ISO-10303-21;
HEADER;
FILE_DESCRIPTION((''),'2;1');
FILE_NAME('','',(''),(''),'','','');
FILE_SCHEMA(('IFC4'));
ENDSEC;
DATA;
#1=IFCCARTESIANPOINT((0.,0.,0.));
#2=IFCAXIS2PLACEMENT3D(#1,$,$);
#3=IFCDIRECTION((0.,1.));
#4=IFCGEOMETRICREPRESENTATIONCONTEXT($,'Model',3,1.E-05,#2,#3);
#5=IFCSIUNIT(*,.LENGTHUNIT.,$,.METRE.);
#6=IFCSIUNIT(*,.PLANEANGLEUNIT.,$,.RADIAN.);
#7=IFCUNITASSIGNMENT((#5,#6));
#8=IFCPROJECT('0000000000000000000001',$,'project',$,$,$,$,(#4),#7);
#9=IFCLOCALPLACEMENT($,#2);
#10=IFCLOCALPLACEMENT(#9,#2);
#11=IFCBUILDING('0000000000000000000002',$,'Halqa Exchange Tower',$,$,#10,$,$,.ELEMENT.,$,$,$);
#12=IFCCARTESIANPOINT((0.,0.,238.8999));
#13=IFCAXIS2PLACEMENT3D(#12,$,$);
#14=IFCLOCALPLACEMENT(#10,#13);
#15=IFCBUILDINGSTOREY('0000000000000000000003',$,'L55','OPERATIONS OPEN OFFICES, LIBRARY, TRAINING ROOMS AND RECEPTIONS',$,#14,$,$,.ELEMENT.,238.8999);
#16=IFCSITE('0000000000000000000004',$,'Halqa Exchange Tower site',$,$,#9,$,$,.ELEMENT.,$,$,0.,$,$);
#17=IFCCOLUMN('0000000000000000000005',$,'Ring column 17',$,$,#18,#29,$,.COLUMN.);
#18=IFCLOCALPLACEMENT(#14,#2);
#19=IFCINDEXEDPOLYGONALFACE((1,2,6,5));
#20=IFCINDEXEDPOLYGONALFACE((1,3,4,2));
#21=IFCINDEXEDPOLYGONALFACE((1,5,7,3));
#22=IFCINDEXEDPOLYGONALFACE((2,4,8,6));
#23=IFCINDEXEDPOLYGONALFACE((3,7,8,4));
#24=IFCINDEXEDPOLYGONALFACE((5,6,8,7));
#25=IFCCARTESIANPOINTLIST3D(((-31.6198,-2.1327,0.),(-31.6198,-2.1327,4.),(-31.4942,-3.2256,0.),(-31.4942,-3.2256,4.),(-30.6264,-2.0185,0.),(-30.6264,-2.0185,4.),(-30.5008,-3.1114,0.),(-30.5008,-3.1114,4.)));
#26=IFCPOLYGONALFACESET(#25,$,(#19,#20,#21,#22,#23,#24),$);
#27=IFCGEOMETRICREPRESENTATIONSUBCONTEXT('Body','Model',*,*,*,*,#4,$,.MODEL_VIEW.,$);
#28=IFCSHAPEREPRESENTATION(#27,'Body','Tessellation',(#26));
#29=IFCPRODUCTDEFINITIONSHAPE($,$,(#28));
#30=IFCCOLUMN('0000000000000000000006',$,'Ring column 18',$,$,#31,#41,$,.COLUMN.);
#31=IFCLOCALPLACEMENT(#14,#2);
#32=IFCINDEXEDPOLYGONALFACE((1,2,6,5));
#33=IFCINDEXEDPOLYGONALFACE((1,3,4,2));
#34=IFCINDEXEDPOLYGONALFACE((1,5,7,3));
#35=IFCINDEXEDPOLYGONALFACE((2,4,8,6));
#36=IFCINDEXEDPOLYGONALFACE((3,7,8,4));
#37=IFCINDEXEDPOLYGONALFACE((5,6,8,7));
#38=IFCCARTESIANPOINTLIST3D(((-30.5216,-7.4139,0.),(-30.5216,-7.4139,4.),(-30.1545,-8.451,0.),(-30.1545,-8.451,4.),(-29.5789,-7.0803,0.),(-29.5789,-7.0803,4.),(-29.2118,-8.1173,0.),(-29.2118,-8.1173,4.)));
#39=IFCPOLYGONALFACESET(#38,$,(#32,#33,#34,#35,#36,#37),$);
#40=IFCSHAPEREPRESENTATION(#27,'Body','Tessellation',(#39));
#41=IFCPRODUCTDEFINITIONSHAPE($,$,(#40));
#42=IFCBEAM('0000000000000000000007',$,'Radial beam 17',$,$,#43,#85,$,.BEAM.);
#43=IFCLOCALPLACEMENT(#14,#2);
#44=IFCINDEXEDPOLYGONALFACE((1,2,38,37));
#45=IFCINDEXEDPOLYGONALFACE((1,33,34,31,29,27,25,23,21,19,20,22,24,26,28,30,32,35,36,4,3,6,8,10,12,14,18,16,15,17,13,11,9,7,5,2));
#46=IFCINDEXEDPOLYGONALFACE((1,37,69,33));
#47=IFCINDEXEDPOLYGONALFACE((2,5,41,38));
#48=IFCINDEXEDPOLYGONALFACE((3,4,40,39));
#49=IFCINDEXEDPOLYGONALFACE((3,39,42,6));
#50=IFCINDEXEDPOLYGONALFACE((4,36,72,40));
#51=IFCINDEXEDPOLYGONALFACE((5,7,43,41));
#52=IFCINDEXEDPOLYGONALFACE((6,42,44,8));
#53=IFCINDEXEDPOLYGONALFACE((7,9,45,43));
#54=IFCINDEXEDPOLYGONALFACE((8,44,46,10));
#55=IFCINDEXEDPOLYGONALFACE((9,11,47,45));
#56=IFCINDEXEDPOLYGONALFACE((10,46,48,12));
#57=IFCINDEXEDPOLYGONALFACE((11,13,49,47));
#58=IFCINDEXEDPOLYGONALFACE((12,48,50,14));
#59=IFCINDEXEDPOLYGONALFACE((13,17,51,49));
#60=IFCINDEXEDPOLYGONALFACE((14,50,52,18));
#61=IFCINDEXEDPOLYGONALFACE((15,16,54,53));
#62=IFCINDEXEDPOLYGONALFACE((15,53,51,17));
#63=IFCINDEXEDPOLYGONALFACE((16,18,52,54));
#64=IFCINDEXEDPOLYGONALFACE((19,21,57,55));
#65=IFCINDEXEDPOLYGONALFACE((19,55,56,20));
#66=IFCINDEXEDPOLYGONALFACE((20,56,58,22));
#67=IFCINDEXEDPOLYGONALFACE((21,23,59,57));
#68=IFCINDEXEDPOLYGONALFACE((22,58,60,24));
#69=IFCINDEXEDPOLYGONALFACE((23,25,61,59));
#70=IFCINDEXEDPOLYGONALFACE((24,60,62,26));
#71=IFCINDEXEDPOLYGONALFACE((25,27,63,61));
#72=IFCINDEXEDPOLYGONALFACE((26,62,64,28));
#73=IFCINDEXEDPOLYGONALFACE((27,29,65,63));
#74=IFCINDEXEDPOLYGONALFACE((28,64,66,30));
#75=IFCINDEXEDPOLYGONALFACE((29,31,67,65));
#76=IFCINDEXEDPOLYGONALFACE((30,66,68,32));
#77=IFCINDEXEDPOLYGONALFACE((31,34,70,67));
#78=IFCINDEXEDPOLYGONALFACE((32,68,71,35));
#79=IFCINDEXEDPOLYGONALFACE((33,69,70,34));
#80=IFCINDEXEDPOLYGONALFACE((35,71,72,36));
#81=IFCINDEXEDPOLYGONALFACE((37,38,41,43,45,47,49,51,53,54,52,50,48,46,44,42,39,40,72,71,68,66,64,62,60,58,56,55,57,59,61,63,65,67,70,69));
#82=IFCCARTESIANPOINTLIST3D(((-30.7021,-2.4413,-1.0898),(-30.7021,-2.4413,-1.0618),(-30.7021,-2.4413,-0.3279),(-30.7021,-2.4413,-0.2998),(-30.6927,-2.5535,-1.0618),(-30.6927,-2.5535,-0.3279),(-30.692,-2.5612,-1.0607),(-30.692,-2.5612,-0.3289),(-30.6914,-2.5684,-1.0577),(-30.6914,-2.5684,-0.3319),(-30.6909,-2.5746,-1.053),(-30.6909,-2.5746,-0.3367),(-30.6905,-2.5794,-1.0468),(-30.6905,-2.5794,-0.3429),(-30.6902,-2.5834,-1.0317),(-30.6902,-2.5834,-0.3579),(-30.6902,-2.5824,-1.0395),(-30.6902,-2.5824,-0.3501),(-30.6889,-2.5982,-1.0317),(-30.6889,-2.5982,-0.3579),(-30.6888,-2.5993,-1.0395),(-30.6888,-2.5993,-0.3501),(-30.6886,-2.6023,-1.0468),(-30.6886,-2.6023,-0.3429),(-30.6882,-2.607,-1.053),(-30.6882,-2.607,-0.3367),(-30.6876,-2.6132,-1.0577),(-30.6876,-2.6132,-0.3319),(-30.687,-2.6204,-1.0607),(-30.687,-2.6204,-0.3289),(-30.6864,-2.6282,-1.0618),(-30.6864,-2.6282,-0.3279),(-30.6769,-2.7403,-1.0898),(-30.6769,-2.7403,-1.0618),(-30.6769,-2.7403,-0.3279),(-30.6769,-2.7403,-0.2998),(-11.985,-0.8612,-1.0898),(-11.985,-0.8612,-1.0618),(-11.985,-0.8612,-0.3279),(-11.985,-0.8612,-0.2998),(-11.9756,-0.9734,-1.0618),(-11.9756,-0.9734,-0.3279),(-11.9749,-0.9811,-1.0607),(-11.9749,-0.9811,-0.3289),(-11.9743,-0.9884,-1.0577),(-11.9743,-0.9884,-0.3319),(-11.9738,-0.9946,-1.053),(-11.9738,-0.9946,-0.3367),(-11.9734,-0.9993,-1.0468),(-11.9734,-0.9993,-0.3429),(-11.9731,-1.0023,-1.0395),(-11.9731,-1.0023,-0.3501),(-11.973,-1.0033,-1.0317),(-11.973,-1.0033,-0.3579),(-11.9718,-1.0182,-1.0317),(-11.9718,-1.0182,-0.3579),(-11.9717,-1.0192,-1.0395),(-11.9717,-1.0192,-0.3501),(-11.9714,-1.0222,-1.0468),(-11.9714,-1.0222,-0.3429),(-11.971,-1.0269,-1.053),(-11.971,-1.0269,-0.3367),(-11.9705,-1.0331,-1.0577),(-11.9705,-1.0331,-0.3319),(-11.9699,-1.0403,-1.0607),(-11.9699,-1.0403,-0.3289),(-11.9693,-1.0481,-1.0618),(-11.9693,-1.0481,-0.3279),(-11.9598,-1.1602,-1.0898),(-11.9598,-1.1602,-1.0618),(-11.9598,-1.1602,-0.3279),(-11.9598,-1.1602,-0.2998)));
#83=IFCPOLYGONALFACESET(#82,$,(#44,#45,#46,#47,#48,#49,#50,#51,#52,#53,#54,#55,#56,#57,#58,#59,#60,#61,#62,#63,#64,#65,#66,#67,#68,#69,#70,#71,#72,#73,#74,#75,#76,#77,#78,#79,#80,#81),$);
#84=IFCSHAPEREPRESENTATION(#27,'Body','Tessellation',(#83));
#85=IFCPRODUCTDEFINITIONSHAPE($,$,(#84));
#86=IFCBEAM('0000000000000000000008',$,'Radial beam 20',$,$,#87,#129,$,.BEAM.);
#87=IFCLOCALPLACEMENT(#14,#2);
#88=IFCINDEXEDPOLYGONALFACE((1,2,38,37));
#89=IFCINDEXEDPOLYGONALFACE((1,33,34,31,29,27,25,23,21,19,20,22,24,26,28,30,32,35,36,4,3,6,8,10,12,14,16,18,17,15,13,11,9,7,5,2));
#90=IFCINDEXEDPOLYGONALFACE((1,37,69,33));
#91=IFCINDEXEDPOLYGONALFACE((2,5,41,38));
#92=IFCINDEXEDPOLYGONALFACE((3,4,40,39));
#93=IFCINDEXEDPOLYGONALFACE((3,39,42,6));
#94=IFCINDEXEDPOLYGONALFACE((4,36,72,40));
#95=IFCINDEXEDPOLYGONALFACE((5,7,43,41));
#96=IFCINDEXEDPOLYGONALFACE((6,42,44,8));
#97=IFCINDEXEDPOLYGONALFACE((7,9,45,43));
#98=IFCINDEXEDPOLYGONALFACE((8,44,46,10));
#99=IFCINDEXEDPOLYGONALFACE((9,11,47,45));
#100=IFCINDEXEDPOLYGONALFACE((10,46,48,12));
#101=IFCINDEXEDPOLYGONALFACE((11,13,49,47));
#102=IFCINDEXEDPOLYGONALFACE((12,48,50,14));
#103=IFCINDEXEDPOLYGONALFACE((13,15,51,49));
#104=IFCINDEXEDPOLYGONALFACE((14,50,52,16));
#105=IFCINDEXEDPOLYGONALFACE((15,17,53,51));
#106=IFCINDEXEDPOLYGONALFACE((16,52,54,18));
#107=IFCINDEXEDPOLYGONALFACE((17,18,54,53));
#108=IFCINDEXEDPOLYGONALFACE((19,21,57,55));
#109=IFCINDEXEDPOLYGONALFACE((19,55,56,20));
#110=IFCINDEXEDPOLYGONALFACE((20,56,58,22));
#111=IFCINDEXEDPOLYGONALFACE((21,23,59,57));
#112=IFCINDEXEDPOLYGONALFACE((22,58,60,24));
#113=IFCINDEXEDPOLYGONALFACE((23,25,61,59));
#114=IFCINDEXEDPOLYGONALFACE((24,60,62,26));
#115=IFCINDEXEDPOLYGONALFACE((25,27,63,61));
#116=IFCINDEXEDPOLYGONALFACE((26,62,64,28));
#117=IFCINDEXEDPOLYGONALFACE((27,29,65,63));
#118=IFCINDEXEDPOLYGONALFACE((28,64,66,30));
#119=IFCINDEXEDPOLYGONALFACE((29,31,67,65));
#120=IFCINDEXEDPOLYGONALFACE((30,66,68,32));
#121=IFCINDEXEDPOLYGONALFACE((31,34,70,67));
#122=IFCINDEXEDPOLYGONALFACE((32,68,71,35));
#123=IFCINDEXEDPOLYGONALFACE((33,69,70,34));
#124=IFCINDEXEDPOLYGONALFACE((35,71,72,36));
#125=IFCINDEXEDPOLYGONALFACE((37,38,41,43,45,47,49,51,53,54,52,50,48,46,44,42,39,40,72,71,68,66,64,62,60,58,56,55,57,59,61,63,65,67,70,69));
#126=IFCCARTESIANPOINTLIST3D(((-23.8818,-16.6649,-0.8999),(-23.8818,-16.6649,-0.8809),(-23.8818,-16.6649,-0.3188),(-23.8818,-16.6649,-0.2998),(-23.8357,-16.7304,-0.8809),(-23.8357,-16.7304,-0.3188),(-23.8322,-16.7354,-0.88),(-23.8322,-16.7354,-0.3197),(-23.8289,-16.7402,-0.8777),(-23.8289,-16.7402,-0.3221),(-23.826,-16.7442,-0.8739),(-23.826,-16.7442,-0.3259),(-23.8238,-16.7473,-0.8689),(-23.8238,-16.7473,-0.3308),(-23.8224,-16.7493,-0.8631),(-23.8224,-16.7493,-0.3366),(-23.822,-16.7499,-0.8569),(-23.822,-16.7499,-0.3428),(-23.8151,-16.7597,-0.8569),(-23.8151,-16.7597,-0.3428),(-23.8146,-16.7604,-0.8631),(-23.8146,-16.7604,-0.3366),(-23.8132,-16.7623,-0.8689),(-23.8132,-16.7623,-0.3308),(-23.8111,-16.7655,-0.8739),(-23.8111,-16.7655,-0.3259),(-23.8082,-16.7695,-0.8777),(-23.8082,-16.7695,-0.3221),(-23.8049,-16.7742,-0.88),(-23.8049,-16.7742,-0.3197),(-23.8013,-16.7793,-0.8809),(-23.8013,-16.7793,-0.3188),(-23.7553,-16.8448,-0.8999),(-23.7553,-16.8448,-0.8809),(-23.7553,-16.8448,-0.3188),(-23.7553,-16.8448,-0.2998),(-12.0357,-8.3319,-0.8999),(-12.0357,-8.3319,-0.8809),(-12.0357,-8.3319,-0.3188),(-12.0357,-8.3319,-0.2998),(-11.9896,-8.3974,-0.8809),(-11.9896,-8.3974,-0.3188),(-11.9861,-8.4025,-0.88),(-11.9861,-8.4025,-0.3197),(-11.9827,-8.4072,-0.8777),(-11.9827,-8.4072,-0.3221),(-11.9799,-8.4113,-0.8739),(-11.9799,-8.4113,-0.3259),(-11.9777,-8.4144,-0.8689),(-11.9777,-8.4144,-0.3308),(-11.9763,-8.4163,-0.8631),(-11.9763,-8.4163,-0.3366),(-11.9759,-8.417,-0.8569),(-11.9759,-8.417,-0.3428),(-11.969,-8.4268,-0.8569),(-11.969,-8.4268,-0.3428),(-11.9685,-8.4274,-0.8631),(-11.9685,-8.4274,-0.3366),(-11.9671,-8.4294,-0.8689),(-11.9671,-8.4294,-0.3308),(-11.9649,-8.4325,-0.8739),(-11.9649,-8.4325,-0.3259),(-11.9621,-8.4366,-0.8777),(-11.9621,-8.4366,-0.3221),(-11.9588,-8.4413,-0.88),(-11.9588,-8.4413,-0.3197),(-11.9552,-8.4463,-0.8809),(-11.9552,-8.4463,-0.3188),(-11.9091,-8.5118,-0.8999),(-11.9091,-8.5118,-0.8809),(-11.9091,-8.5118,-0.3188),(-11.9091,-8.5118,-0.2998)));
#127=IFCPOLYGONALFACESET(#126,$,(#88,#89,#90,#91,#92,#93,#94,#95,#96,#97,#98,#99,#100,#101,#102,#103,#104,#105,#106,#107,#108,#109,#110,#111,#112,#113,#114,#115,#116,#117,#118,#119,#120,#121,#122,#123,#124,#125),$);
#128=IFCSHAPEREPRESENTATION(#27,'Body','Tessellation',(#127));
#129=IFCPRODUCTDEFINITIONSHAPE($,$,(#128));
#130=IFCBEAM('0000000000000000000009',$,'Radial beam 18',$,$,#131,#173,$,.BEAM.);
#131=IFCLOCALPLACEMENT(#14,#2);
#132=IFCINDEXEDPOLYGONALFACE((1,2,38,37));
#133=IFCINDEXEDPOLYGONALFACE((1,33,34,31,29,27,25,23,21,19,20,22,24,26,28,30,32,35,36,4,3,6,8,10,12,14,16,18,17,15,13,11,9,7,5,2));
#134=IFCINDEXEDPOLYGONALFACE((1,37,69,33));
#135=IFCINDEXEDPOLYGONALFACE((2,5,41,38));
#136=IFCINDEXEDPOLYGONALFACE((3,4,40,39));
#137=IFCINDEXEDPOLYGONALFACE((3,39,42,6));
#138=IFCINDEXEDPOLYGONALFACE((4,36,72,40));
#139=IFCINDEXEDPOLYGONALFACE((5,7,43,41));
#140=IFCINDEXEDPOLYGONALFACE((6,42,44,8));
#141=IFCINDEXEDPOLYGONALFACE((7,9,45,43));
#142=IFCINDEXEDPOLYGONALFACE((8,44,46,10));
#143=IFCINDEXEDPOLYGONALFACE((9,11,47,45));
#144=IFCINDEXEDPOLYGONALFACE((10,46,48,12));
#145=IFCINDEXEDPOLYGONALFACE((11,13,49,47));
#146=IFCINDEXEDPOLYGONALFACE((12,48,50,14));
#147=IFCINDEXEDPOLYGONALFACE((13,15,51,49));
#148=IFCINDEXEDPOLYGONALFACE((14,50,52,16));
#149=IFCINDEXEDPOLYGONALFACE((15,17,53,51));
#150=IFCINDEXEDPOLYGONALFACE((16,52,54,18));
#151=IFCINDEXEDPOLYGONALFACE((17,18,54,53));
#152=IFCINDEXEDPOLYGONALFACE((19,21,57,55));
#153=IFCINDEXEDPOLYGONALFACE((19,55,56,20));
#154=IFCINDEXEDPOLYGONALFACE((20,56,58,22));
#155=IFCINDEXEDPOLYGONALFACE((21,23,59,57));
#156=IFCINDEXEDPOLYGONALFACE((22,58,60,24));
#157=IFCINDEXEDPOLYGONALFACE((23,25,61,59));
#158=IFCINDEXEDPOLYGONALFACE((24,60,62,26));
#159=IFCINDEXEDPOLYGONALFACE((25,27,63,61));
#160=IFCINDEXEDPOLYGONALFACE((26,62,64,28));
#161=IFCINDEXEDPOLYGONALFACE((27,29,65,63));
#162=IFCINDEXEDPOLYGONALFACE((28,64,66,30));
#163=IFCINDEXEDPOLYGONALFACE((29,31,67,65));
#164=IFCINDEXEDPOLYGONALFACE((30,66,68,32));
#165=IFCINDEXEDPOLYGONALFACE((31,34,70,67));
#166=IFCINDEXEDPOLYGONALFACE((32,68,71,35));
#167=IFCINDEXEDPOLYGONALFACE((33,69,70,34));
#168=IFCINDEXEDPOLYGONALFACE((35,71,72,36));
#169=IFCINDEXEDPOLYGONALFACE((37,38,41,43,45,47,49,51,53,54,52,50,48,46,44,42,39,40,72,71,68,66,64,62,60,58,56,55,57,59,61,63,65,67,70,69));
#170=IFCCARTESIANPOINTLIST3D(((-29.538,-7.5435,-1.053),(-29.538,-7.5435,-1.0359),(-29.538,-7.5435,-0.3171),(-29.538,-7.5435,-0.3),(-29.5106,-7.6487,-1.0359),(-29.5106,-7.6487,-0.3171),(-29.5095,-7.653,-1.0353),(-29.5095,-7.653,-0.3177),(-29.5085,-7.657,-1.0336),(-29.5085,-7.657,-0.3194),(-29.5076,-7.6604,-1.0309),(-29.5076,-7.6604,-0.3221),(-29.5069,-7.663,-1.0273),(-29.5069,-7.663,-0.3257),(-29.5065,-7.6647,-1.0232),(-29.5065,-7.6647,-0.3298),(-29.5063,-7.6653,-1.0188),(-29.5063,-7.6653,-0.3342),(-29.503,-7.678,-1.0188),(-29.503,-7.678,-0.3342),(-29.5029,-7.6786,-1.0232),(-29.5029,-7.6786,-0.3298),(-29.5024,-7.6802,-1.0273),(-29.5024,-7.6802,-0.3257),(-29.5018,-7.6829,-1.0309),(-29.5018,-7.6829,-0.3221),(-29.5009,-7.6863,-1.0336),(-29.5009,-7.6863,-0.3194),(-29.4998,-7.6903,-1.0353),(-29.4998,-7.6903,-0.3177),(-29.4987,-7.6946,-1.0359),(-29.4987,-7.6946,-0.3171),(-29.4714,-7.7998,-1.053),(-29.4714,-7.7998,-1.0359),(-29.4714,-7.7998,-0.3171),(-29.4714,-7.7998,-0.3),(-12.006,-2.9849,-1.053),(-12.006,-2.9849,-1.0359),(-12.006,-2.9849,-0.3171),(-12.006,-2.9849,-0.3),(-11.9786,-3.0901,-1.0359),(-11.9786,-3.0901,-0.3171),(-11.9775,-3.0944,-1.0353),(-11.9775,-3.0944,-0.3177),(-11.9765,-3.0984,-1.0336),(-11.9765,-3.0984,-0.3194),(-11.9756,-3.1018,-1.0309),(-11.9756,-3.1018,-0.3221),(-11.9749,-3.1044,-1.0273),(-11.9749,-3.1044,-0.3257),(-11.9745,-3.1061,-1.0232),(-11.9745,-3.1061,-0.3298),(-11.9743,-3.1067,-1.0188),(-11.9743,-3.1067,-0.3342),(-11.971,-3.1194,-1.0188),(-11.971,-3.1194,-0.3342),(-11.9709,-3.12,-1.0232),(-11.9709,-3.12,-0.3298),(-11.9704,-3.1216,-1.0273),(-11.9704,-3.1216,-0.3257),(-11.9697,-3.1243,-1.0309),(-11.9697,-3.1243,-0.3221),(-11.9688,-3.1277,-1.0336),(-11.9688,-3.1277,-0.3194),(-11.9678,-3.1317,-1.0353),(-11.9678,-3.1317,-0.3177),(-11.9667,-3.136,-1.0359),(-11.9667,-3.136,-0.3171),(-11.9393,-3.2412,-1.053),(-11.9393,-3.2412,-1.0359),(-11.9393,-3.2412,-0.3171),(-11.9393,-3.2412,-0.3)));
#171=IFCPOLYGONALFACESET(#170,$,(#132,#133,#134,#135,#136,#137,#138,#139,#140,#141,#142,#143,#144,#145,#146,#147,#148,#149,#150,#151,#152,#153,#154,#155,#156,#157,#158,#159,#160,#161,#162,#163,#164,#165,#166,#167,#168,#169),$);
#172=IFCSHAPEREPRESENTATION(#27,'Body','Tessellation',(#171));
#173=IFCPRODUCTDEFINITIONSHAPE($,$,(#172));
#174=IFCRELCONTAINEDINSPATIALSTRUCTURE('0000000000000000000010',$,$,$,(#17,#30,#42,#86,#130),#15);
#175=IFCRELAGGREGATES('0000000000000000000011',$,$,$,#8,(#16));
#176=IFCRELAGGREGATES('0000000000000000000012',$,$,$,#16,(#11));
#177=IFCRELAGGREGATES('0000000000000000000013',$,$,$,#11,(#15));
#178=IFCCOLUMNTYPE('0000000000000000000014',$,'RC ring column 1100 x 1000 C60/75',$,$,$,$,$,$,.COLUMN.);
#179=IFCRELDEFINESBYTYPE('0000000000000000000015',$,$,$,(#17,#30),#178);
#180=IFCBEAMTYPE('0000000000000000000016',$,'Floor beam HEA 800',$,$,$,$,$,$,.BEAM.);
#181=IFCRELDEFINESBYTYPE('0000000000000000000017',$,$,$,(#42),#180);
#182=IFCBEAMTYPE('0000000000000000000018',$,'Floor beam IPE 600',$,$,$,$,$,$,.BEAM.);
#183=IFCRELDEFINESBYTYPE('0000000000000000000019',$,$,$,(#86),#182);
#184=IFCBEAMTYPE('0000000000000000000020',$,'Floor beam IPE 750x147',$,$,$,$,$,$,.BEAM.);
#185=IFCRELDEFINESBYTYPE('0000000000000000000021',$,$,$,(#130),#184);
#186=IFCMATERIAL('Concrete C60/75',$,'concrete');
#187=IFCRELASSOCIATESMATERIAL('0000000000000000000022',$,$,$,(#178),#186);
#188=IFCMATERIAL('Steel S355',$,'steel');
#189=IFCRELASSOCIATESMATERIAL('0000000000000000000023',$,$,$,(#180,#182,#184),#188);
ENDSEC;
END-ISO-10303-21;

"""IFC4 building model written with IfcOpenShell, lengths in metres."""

from ifc_helpers import new_model, si_unit, direction, frame, origin, origin_2d, place, context, subcontext, project, spatial, rectangle, i_section, extrude, material, material_profile, profile_set, type_object, element, save


model = new_model("IFC4")

# Units and contexts
model_context = context("Model", 3, precision=1e-05, world=origin(), true_north=direction((0.0, 1.0)))
body_context = subcontext(model_context, "Body", "Model", "MODEL_VIEW")
ifc_project = project(units=[si_unit("LENGTHUNIT", "METRE"), si_unit("PLANEANGLEUNIT", "RADIAN")], contexts=[model_context])

# Site, building, storey
site_placement = place(None, origin())
site = spatial("IfcSite", under=ifc_project, at=site_placement, Name="Halqa Exchange Tower site", CompositionType="ELEMENT", RefElevation=0.0)
building_placement = place(site_placement, origin())
building = spatial("IfcBuilding", under=site, at=building_placement, Name="Halqa Exchange Tower", CompositionType="ELEMENT")
storey_placement = place(building_placement, frame((0.0, 0.0, 238.8999)))
storey = spatial("IfcBuildingStorey", under=building, at=storey_placement, Name="L55", Description="OPERATIONS OPEN OFFICES, LIBRARY, TRAINING ROOMS AND RECEPTIONS", CompositionType="ELEMENT", Elevation=238.8999)

# Columns
ifc_material_1 = material(Name="Concrete C60/75", Category="concrete")
ifc_material_profile_1 = material_profile(ifc_material_1, rectangle(XDim=1.1001, YDim=1.0, at=origin_2d()), Name="1100 x 1000")
ifc_profile_set_1 = profile_set([ifc_material_profile_1], Name="Concrete C60/75")
column_type = type_object("IfcColumnType", Name="RC ring column 1100 x 1000 C60/75", PredefinedType="COLUMN", material=ifc_profile_set_1)
for number, where, z_axis, x_axis, name in (
    (1, (-31.0603, -2.6221, 0.0), (0.0, 0.0, 1.0), (0.114153, -0.993463, 0.0), "Ring column 17"),
    (2, (-29.8667, -7.7656, 0.0), (0.0, 0.0, 1.0), (0.333624, -0.942706, 0.0), "Ring column 18"),
):
    element("IfcColumn", number, at=place(storey_placement, frame(where, z_axis=z_axis, x_axis=x_axis)), inside=storey, type_object=column_type, Name=name, PredefinedType="COLUMN", context=body_context, shape_type="SweptSolid", body=[
        extrude(rectangle(XDim=1.1001, YDim=1.0, at=origin_2d()), origin(), (0.0, 0.0, 1.0), 4.0),
    ])

# Beams
ifc_material_2 = material(Name="Steel S355", Category="steel")
ifc_material_profile_2 = material_profile(ifc_material_2, i_section(OverallWidth=0.3, OverallDepth=0.79, WebThickness=0.0149, FlangeThickness=0.0281, FilletRadius=0.03, at=origin_2d()), Name="HEA 800")
ifc_profile_set_2 = profile_set([ifc_material_profile_2], Name="Steel S355")
beam_type_1 = type_object("IfcBeamType", Name="Floor beam HEA 800", PredefinedType="BEAM", material=ifc_profile_set_2)
beam_1_placement = place(storey_placement, frame((-11.9724, -1.0107, -0.6948), z_axis=(-0.996456, -0.08412, 0.0), x_axis=(0.08412, -0.996456, 0.0)))
element("IfcBeam", 3, at=beam_1_placement, inside=storey, type_object=beam_type_1, Name="Radial beam 17", PredefinedType="BEAM", context=body_context, shape_type="SweptSolid", body=[
    extrude(i_section(OverallWidth=0.3, OverallDepth=0.79, WebThickness=0.0149, FlangeThickness=0.0281, FilletRadius=0.03, at=origin_2d()), origin(), (0.0, 0.0, 1.0), 18.7837),
])
ifc_material_profile_3 = material_profile(ifc_material_2, i_section(OverallWidth=0.22, OverallDepth=0.6001, WebThickness=0.012, FlangeThickness=0.019, FilletRadius=0.0239, at=origin_2d()), Name="IPE 600")
ifc_profile_set_3 = profile_set([ifc_material_profile_3], Name="Steel S355")
beam_type_2 = type_object("IfcBeamType", Name="Floor beam IPE 600", PredefinedType="BEAM", material=ifc_profile_set_3)
beam_2_placement = place(storey_placement, frame((-11.9724, -8.4219, -0.5999), z_axis=(-0.81791, -0.575346, 0.0), x_axis=(0.575346, -0.81791, 0.0)))
element("IfcBeam", 4, at=beam_2_placement, inside=storey, type_object=beam_type_2, Name="Radial beam 20", PredefinedType="BEAM", context=body_context, shape_type="SweptSolid", body=[
    extrude(i_section(OverallWidth=0.22, OverallDepth=0.6001, WebThickness=0.012, FlangeThickness=0.019, FilletRadius=0.0239, at=origin_2d()), origin(), (0.0, 0.0, 1.0), 14.4834),
])
ifc_material_profile_4 = material_profile(ifc_material_2, i_section(OverallWidth=0.2649, OverallDepth=0.7529, WebThickness=0.0132, FlangeThickness=0.0171, FilletRadius=0.0171, at=origin_2d()), Name="IPE 750x147")
ifc_profile_set_4 = profile_set([ifc_material_profile_4], Name="Steel S355")
beam_type_3 = type_object("IfcBeamType", Name="Floor beam IPE 750x147", PredefinedType="BEAM", material=ifc_profile_set_4)
beam_3_placement = place(storey_placement, frame((-11.9727, -3.113, -0.6765), z_axis=(-0.967819, -0.251648, 0.0), x_axis=(0.251648, -0.967819, 0.0)))
element("IfcBeam", 5, at=beam_3_placement, inside=storey, type_object=beam_type_3, Name="Radial beam 18", PredefinedType="BEAM", context=body_context, shape_type="SweptSolid", body=[
    extrude(i_section(OverallWidth=0.2649, OverallDepth=0.7529, WebThickness=0.0132, FlangeThickness=0.0171, FilletRadius=0.0171, at=origin_2d()), origin(), (0.0, 0.0, 1.0), 18.115),
])

save(model, "model.ifc")
